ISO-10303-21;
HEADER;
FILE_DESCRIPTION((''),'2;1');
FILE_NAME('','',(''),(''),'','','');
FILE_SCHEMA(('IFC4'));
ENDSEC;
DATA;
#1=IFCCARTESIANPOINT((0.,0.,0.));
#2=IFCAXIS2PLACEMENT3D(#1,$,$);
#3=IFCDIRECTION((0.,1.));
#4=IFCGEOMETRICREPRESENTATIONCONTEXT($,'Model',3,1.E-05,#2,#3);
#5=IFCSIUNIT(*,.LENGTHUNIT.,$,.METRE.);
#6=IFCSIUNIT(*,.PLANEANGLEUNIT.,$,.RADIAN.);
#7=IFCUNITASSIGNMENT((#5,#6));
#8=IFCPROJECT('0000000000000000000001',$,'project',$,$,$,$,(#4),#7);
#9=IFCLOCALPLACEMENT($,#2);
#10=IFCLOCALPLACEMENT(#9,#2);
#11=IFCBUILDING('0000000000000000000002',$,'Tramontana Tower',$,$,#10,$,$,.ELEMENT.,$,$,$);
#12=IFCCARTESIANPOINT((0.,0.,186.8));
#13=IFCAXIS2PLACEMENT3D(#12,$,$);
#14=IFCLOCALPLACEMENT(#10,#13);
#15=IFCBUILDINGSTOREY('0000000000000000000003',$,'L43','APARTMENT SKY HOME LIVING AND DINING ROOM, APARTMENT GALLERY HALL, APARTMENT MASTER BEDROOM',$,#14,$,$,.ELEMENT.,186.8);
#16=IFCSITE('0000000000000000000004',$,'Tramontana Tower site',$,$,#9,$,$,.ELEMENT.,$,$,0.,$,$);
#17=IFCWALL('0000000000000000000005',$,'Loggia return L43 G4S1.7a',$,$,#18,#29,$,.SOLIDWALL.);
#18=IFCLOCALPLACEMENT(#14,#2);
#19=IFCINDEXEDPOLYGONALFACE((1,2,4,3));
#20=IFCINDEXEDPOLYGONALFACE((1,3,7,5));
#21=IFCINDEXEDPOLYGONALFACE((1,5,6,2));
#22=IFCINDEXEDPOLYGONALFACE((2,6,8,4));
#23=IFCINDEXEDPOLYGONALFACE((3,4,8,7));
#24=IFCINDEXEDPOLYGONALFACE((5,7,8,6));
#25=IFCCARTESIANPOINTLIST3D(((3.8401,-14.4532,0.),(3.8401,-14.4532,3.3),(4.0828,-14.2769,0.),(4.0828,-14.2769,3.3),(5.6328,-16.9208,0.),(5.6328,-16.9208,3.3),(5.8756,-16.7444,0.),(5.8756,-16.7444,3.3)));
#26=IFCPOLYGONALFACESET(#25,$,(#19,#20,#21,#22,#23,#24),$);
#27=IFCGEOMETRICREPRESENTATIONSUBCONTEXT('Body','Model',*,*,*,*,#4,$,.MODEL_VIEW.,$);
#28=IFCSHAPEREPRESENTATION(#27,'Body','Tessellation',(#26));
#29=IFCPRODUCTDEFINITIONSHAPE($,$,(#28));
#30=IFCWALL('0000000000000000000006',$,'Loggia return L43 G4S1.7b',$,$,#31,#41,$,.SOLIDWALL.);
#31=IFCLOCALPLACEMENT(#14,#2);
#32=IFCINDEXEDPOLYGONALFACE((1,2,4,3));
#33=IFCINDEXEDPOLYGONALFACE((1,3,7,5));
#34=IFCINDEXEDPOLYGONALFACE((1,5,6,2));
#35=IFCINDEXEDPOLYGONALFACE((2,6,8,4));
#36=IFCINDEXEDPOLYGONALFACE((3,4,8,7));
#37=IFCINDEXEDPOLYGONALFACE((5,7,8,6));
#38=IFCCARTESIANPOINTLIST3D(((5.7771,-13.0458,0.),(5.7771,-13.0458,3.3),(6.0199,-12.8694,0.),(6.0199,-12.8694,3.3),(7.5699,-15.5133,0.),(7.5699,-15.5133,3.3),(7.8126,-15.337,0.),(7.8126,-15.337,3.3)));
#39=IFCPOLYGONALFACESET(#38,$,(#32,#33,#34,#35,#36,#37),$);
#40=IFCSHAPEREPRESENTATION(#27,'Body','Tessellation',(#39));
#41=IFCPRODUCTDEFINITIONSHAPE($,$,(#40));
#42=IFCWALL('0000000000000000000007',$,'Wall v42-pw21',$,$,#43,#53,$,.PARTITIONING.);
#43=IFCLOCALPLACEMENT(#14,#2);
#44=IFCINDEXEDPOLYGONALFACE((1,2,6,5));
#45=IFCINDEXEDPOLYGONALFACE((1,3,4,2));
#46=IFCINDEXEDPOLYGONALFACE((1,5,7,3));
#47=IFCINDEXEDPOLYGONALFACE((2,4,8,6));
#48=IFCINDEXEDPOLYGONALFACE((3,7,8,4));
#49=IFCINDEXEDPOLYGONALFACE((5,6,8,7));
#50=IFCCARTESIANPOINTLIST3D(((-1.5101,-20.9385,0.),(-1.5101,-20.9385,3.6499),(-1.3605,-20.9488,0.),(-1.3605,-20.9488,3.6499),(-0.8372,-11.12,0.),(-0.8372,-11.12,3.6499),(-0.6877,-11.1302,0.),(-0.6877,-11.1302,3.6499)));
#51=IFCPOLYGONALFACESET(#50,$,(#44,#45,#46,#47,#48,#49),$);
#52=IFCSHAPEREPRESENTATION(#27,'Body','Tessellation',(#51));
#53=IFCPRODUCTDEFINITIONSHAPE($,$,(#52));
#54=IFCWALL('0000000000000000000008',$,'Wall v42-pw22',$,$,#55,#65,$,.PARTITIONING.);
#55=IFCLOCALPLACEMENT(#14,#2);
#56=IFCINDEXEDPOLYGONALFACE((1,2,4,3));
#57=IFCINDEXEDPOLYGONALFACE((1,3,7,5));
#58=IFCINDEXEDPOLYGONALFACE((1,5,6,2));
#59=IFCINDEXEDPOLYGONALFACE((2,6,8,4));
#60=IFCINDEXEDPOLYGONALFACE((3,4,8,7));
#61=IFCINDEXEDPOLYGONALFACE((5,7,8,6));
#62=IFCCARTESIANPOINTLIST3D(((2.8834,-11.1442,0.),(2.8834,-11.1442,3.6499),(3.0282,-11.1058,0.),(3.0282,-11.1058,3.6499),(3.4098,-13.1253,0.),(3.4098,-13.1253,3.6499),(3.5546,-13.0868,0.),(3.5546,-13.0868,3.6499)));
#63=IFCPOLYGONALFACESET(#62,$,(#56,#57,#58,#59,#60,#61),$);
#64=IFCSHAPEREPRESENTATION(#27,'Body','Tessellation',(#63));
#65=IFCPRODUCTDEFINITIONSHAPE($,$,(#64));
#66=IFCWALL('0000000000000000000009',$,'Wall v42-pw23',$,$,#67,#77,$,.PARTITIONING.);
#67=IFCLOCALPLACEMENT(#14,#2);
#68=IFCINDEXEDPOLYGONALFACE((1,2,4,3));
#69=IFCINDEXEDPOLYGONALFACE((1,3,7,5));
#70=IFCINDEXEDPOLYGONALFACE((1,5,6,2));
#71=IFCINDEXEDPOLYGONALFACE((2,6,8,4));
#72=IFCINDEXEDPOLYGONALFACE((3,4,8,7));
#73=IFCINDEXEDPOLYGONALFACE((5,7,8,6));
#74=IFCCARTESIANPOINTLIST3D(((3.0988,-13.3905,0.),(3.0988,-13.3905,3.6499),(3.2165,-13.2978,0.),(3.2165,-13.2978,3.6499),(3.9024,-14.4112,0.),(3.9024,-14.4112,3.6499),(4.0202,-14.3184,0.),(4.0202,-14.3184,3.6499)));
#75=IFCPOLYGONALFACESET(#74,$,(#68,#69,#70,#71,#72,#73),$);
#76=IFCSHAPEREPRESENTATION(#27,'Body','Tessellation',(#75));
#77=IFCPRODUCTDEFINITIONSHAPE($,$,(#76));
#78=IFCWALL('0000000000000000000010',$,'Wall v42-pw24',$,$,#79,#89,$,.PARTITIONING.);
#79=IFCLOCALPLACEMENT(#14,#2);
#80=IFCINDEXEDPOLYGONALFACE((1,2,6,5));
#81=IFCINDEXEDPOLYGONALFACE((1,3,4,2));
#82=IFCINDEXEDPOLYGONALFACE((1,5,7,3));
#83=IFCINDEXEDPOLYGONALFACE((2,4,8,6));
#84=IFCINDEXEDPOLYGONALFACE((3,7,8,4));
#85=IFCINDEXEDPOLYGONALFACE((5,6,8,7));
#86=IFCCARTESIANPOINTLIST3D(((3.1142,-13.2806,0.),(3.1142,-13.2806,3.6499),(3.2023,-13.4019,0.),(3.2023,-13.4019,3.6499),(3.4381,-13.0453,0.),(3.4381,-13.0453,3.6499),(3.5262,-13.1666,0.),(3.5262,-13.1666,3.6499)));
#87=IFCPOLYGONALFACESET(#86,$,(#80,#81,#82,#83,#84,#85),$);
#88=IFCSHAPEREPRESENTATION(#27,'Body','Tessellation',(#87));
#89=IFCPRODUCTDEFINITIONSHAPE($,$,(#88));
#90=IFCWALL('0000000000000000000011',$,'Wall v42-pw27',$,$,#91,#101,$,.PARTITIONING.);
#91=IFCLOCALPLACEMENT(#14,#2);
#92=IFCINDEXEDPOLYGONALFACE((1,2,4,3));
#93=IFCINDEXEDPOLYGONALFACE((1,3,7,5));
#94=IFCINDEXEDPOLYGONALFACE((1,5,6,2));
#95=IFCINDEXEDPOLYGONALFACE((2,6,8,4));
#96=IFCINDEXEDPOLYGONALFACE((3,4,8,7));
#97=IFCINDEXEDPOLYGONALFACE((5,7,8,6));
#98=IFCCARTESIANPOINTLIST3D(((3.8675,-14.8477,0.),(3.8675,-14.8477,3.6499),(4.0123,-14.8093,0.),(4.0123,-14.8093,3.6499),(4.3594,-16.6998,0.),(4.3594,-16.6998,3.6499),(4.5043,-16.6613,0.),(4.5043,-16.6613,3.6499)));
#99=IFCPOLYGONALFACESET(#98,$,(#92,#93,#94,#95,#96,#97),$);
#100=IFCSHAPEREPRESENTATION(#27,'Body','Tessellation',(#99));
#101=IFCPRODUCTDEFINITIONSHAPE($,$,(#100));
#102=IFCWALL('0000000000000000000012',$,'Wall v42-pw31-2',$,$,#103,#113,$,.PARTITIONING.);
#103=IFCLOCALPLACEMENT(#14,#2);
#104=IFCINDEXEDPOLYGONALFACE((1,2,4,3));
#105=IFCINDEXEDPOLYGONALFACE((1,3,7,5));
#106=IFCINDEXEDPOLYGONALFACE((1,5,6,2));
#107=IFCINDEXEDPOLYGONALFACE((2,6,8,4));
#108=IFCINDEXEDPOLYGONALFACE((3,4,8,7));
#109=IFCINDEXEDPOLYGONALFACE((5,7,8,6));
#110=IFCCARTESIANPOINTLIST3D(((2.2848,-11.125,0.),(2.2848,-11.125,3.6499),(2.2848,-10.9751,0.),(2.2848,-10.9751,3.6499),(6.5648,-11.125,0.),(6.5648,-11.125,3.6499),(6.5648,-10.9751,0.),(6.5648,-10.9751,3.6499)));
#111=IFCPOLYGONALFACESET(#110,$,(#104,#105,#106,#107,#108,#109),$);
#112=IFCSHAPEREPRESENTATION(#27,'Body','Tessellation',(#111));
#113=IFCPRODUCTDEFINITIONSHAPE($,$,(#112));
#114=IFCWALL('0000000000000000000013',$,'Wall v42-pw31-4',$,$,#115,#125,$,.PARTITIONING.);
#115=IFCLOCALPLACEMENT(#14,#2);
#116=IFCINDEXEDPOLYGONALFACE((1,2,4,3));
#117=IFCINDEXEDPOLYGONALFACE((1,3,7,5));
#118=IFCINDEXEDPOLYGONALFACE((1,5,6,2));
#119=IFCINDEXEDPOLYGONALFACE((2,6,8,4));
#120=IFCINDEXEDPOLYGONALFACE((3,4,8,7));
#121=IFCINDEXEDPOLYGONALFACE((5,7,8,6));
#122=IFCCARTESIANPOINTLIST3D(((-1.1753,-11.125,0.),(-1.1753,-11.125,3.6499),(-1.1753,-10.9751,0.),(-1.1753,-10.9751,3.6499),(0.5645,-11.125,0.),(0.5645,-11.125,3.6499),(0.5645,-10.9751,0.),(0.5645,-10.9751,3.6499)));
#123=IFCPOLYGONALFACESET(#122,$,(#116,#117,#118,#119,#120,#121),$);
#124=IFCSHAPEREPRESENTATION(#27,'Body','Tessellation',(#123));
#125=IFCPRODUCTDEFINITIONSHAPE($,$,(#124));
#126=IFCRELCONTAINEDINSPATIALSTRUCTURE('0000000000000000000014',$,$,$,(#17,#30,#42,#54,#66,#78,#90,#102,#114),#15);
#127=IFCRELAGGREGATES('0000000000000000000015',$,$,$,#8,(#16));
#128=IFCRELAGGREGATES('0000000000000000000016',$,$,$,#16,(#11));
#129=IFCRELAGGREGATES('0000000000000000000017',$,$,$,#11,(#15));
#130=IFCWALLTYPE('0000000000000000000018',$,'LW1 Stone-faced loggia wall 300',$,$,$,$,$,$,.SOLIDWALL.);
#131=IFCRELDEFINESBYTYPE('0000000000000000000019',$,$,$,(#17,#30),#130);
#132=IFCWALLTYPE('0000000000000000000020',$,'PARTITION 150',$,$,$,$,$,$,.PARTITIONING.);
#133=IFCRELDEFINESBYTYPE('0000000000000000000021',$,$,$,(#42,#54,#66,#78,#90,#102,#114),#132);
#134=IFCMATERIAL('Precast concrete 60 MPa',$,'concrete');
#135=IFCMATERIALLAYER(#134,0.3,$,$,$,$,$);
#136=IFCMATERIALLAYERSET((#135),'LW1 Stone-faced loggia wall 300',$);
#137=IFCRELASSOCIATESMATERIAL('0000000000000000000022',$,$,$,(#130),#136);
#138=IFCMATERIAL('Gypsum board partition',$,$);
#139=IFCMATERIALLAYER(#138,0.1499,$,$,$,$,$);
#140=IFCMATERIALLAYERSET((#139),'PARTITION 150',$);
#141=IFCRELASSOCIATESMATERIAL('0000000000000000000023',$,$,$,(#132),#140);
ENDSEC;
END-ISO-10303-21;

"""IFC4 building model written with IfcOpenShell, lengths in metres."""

from ifc_helpers import new_model, si_unit, direction, frame, frame_2d, origin, place, context, subcontext, project, spatial, rectangle, extrude, material, layer, layer_set, type_object, element, save


model = new_model("IFC4")

# Units and contexts
model_context = context("Model", 3, precision=1e-05, world=origin(), true_north=direction((0.0, 1.0)))
body_context = subcontext(model_context, "Body", "Model", "MODEL_VIEW")
ifc_project = project(units=[si_unit("LENGTHUNIT", "METRE"), si_unit("PLANEANGLEUNIT", "RADIAN")], contexts=[model_context])

# Site, building, storey
site_placement = place(None, origin())
site = spatial("IfcSite", under=ifc_project, at=site_placement, Name="Tramontana Tower site", CompositionType="ELEMENT", RefElevation=0.0)
building_placement = place(site_placement, origin())
building = spatial("IfcBuilding", under=site, at=building_placement, Name="Tramontana Tower", CompositionType="ELEMENT")
storey_placement = place(building_placement, frame((0.0, 0.0, 186.8)))
storey = spatial("IfcBuildingStorey", under=building, at=storey_placement, Name="L43", Description="APARTMENT SKY HOME LIVING AND DINING ROOM, APARTMENT GALLERY HALL, APARTMENT MASTER BEDROOM", CompositionType="ELEMENT", Elevation=186.8)

# Shared definitions
ifc_material_1 = material(Name="Precast concrete 60 MPa", Category="concrete")
ifc_layer_1 = layer(ifc_material_1, 0.3)
ifc_layer_set_1 = layer_set([ifc_layer_1], Name="LW1 Stone-faced loggia wall 300")
wall_type_1 = type_object("IfcWallType", Name="LW1 Stone-faced loggia wall 300", PredefinedType="SOLIDWALL", material=ifc_layer_set_1)

# Walls
for number, where, z_axis, x_axis, name in (
    (1, (5.7542, -16.8325, 0.0), (0.0, 0.0, 1.0), (-0.587777, 0.809023, 0.0), "Loggia return L43 G4S1.7a"),
    (2, (7.6912, -15.425, 0.0), (0.0, 0.0, 1.0), (-0.587777, 0.809023, 0.0), "Loggia return L43 G4S1.7b"),
):
    element("IfcWall", number, at=place(storey_placement, frame(where, z_axis=z_axis, x_axis=x_axis)), inside=storey, type_object=wall_type_1, Name=name, PredefinedType="SOLIDWALL", context=body_context, shape_type="SweptSolid", body=[
        extrude(rectangle(XDim=3.05, YDim=0.3, at=frame_2d((1.5249, 0.0))), origin(), (0.0, 0.0, 1.0), 3.3),
    ])
ifc_material_2 = material(Name="Gypsum board partition")
ifc_layer_2 = layer(ifc_material_2, 0.1499)
ifc_layer_set_2 = layer_set([ifc_layer_2], Name="PARTITION 150")
wall_type_2 = type_object("IfcWallType", Name="PARTITION 150", PredefinedType="PARTITIONING", material=ifc_layer_set_2)
wall_1_placement = place(storey_placement, frame((-0.7625, -11.125, 0.0), z_axis=(0.0, 0.0, 1.0), x_axis=(-0.068368, -0.99766, 0.0)))
element("IfcWall", 3, at=wall_1_placement, inside=storey, type_object=wall_type_2, Name="Wall v42-pw21", PredefinedType="PARTITIONING", context=body_context, shape_type="SweptSolid", body=[
    extrude(rectangle(XDim=9.8416, YDim=0.1499, at=frame_2d((4.9209, 0.0))), origin(), (0.0, 0.0, 1.0), 3.6499),
])
wall_2_placement = place(storey_placement, frame((2.9558, -11.125, 0.0), z_axis=(0.0, 0.0, 1.0), x_axis=(0.256803, -0.966464, 0.0)))
element("IfcWall", 4, at=wall_2_placement, inside=storey, type_object=wall_type_2, Name="Wall v42-pw22", PredefinedType="PARTITIONING", context=body_context, shape_type="SweptSolid", body=[
    extrude(rectangle(XDim=2.0498, YDim=0.1499, at=frame_2d((1.0249, 0.0))), origin(), (0.0, 0.0, 1.0), 3.6499),
])
wall_3_placement = place(storey_placement, frame((3.1577, -13.3442, 0.0), z_axis=(0.0, 0.0, 1.0), x_axis=(0.618626, -0.785685, 0.0)))
element("IfcWall", 5, at=wall_3_placement, inside=storey, type_object=wall_type_2, Name="Wall v42-pw23", PredefinedType="PARTITIONING", context=body_context, shape_type="SweptSolid", body=[
    extrude(rectangle(XDim=1.2991, YDim=0.1499, at=frame_2d((0.6494, 0.0))), origin(), (0.0, 0.0, 1.0), 3.6499),
])
wall_4_placement = place(storey_placement, frame((3.4822, -13.106, 0.0), z_axis=(0.0, 0.0, 1.0), x_axis=(-0.809052, -0.587737, 0.0)))
element("IfcWall", 6, at=wall_4_placement, inside=storey, type_object=wall_type_2, Name="Wall v42-pw24", PredefinedType="PARTITIONING", context=body_context, shape_type="SweptSolid", body=[
    extrude(rectangle(XDim=0.4004, YDim=0.1499, at=frame_2d((0.2002, 0.0))), origin(), (0.0, 0.0, 1.0), 3.6499),
])
wall_5_placement = place(storey_placement, frame((3.9399, -14.8286, 0.0), z_axis=(0.0, 0.0, 1.0), x_axis=(0.256719, -0.966486, 0.0)))
element("IfcWall", 7, at=wall_5_placement, inside=storey, type_object=wall_type_2, Name="Wall v42-pw27", PredefinedType="PARTITIONING", context=body_context, shape_type="SweptSolid", body=[
    extrude(rectangle(XDim=1.9163, YDim=0.1499, at=frame_2d((0.958, 0.0))), origin(), (0.0, 0.0, 1.0), 3.6499),
])
wall_6_placement = place(storey_placement, frame((6.5649, -11.05, 0.0), z_axis=(0.0, 0.0, 1.0), x_axis=(-1.0, 0.0, 0.0)))
element("IfcWall", 8, at=wall_6_placement, inside=storey, type_object=wall_type_2, Name="Wall v42-pw31-2", PredefinedType="PARTITIONING", context=body_context, shape_type="SweptSolid", body=[
    extrude(rectangle(XDim=4.28, YDim=0.1499, at=frame_2d((2.1401, 0.0))), origin(), (0.0, 0.0, 1.0), 3.6499),
])

# Wall
wall_7_placement = place(storey_placement, frame((0.5645, -11.05, 0.0), z_axis=(0.0, 0.0, 1.0), x_axis=(-1.0, 0.0, 0.0)))
element("IfcWall", 9, at=wall_7_placement, inside=storey, type_object=wall_type_2, Name="Wall v42-pw31-4", PredefinedType="PARTITIONING", context=body_context, shape_type="SweptSolid", body=[
    extrude(rectangle(XDim=1.7397, YDim=0.1499, at=frame_2d((0.8699, 0.0))), origin(), (0.0, 0.0, 1.0), 3.6499),
])

save(model, "model.ifc")
